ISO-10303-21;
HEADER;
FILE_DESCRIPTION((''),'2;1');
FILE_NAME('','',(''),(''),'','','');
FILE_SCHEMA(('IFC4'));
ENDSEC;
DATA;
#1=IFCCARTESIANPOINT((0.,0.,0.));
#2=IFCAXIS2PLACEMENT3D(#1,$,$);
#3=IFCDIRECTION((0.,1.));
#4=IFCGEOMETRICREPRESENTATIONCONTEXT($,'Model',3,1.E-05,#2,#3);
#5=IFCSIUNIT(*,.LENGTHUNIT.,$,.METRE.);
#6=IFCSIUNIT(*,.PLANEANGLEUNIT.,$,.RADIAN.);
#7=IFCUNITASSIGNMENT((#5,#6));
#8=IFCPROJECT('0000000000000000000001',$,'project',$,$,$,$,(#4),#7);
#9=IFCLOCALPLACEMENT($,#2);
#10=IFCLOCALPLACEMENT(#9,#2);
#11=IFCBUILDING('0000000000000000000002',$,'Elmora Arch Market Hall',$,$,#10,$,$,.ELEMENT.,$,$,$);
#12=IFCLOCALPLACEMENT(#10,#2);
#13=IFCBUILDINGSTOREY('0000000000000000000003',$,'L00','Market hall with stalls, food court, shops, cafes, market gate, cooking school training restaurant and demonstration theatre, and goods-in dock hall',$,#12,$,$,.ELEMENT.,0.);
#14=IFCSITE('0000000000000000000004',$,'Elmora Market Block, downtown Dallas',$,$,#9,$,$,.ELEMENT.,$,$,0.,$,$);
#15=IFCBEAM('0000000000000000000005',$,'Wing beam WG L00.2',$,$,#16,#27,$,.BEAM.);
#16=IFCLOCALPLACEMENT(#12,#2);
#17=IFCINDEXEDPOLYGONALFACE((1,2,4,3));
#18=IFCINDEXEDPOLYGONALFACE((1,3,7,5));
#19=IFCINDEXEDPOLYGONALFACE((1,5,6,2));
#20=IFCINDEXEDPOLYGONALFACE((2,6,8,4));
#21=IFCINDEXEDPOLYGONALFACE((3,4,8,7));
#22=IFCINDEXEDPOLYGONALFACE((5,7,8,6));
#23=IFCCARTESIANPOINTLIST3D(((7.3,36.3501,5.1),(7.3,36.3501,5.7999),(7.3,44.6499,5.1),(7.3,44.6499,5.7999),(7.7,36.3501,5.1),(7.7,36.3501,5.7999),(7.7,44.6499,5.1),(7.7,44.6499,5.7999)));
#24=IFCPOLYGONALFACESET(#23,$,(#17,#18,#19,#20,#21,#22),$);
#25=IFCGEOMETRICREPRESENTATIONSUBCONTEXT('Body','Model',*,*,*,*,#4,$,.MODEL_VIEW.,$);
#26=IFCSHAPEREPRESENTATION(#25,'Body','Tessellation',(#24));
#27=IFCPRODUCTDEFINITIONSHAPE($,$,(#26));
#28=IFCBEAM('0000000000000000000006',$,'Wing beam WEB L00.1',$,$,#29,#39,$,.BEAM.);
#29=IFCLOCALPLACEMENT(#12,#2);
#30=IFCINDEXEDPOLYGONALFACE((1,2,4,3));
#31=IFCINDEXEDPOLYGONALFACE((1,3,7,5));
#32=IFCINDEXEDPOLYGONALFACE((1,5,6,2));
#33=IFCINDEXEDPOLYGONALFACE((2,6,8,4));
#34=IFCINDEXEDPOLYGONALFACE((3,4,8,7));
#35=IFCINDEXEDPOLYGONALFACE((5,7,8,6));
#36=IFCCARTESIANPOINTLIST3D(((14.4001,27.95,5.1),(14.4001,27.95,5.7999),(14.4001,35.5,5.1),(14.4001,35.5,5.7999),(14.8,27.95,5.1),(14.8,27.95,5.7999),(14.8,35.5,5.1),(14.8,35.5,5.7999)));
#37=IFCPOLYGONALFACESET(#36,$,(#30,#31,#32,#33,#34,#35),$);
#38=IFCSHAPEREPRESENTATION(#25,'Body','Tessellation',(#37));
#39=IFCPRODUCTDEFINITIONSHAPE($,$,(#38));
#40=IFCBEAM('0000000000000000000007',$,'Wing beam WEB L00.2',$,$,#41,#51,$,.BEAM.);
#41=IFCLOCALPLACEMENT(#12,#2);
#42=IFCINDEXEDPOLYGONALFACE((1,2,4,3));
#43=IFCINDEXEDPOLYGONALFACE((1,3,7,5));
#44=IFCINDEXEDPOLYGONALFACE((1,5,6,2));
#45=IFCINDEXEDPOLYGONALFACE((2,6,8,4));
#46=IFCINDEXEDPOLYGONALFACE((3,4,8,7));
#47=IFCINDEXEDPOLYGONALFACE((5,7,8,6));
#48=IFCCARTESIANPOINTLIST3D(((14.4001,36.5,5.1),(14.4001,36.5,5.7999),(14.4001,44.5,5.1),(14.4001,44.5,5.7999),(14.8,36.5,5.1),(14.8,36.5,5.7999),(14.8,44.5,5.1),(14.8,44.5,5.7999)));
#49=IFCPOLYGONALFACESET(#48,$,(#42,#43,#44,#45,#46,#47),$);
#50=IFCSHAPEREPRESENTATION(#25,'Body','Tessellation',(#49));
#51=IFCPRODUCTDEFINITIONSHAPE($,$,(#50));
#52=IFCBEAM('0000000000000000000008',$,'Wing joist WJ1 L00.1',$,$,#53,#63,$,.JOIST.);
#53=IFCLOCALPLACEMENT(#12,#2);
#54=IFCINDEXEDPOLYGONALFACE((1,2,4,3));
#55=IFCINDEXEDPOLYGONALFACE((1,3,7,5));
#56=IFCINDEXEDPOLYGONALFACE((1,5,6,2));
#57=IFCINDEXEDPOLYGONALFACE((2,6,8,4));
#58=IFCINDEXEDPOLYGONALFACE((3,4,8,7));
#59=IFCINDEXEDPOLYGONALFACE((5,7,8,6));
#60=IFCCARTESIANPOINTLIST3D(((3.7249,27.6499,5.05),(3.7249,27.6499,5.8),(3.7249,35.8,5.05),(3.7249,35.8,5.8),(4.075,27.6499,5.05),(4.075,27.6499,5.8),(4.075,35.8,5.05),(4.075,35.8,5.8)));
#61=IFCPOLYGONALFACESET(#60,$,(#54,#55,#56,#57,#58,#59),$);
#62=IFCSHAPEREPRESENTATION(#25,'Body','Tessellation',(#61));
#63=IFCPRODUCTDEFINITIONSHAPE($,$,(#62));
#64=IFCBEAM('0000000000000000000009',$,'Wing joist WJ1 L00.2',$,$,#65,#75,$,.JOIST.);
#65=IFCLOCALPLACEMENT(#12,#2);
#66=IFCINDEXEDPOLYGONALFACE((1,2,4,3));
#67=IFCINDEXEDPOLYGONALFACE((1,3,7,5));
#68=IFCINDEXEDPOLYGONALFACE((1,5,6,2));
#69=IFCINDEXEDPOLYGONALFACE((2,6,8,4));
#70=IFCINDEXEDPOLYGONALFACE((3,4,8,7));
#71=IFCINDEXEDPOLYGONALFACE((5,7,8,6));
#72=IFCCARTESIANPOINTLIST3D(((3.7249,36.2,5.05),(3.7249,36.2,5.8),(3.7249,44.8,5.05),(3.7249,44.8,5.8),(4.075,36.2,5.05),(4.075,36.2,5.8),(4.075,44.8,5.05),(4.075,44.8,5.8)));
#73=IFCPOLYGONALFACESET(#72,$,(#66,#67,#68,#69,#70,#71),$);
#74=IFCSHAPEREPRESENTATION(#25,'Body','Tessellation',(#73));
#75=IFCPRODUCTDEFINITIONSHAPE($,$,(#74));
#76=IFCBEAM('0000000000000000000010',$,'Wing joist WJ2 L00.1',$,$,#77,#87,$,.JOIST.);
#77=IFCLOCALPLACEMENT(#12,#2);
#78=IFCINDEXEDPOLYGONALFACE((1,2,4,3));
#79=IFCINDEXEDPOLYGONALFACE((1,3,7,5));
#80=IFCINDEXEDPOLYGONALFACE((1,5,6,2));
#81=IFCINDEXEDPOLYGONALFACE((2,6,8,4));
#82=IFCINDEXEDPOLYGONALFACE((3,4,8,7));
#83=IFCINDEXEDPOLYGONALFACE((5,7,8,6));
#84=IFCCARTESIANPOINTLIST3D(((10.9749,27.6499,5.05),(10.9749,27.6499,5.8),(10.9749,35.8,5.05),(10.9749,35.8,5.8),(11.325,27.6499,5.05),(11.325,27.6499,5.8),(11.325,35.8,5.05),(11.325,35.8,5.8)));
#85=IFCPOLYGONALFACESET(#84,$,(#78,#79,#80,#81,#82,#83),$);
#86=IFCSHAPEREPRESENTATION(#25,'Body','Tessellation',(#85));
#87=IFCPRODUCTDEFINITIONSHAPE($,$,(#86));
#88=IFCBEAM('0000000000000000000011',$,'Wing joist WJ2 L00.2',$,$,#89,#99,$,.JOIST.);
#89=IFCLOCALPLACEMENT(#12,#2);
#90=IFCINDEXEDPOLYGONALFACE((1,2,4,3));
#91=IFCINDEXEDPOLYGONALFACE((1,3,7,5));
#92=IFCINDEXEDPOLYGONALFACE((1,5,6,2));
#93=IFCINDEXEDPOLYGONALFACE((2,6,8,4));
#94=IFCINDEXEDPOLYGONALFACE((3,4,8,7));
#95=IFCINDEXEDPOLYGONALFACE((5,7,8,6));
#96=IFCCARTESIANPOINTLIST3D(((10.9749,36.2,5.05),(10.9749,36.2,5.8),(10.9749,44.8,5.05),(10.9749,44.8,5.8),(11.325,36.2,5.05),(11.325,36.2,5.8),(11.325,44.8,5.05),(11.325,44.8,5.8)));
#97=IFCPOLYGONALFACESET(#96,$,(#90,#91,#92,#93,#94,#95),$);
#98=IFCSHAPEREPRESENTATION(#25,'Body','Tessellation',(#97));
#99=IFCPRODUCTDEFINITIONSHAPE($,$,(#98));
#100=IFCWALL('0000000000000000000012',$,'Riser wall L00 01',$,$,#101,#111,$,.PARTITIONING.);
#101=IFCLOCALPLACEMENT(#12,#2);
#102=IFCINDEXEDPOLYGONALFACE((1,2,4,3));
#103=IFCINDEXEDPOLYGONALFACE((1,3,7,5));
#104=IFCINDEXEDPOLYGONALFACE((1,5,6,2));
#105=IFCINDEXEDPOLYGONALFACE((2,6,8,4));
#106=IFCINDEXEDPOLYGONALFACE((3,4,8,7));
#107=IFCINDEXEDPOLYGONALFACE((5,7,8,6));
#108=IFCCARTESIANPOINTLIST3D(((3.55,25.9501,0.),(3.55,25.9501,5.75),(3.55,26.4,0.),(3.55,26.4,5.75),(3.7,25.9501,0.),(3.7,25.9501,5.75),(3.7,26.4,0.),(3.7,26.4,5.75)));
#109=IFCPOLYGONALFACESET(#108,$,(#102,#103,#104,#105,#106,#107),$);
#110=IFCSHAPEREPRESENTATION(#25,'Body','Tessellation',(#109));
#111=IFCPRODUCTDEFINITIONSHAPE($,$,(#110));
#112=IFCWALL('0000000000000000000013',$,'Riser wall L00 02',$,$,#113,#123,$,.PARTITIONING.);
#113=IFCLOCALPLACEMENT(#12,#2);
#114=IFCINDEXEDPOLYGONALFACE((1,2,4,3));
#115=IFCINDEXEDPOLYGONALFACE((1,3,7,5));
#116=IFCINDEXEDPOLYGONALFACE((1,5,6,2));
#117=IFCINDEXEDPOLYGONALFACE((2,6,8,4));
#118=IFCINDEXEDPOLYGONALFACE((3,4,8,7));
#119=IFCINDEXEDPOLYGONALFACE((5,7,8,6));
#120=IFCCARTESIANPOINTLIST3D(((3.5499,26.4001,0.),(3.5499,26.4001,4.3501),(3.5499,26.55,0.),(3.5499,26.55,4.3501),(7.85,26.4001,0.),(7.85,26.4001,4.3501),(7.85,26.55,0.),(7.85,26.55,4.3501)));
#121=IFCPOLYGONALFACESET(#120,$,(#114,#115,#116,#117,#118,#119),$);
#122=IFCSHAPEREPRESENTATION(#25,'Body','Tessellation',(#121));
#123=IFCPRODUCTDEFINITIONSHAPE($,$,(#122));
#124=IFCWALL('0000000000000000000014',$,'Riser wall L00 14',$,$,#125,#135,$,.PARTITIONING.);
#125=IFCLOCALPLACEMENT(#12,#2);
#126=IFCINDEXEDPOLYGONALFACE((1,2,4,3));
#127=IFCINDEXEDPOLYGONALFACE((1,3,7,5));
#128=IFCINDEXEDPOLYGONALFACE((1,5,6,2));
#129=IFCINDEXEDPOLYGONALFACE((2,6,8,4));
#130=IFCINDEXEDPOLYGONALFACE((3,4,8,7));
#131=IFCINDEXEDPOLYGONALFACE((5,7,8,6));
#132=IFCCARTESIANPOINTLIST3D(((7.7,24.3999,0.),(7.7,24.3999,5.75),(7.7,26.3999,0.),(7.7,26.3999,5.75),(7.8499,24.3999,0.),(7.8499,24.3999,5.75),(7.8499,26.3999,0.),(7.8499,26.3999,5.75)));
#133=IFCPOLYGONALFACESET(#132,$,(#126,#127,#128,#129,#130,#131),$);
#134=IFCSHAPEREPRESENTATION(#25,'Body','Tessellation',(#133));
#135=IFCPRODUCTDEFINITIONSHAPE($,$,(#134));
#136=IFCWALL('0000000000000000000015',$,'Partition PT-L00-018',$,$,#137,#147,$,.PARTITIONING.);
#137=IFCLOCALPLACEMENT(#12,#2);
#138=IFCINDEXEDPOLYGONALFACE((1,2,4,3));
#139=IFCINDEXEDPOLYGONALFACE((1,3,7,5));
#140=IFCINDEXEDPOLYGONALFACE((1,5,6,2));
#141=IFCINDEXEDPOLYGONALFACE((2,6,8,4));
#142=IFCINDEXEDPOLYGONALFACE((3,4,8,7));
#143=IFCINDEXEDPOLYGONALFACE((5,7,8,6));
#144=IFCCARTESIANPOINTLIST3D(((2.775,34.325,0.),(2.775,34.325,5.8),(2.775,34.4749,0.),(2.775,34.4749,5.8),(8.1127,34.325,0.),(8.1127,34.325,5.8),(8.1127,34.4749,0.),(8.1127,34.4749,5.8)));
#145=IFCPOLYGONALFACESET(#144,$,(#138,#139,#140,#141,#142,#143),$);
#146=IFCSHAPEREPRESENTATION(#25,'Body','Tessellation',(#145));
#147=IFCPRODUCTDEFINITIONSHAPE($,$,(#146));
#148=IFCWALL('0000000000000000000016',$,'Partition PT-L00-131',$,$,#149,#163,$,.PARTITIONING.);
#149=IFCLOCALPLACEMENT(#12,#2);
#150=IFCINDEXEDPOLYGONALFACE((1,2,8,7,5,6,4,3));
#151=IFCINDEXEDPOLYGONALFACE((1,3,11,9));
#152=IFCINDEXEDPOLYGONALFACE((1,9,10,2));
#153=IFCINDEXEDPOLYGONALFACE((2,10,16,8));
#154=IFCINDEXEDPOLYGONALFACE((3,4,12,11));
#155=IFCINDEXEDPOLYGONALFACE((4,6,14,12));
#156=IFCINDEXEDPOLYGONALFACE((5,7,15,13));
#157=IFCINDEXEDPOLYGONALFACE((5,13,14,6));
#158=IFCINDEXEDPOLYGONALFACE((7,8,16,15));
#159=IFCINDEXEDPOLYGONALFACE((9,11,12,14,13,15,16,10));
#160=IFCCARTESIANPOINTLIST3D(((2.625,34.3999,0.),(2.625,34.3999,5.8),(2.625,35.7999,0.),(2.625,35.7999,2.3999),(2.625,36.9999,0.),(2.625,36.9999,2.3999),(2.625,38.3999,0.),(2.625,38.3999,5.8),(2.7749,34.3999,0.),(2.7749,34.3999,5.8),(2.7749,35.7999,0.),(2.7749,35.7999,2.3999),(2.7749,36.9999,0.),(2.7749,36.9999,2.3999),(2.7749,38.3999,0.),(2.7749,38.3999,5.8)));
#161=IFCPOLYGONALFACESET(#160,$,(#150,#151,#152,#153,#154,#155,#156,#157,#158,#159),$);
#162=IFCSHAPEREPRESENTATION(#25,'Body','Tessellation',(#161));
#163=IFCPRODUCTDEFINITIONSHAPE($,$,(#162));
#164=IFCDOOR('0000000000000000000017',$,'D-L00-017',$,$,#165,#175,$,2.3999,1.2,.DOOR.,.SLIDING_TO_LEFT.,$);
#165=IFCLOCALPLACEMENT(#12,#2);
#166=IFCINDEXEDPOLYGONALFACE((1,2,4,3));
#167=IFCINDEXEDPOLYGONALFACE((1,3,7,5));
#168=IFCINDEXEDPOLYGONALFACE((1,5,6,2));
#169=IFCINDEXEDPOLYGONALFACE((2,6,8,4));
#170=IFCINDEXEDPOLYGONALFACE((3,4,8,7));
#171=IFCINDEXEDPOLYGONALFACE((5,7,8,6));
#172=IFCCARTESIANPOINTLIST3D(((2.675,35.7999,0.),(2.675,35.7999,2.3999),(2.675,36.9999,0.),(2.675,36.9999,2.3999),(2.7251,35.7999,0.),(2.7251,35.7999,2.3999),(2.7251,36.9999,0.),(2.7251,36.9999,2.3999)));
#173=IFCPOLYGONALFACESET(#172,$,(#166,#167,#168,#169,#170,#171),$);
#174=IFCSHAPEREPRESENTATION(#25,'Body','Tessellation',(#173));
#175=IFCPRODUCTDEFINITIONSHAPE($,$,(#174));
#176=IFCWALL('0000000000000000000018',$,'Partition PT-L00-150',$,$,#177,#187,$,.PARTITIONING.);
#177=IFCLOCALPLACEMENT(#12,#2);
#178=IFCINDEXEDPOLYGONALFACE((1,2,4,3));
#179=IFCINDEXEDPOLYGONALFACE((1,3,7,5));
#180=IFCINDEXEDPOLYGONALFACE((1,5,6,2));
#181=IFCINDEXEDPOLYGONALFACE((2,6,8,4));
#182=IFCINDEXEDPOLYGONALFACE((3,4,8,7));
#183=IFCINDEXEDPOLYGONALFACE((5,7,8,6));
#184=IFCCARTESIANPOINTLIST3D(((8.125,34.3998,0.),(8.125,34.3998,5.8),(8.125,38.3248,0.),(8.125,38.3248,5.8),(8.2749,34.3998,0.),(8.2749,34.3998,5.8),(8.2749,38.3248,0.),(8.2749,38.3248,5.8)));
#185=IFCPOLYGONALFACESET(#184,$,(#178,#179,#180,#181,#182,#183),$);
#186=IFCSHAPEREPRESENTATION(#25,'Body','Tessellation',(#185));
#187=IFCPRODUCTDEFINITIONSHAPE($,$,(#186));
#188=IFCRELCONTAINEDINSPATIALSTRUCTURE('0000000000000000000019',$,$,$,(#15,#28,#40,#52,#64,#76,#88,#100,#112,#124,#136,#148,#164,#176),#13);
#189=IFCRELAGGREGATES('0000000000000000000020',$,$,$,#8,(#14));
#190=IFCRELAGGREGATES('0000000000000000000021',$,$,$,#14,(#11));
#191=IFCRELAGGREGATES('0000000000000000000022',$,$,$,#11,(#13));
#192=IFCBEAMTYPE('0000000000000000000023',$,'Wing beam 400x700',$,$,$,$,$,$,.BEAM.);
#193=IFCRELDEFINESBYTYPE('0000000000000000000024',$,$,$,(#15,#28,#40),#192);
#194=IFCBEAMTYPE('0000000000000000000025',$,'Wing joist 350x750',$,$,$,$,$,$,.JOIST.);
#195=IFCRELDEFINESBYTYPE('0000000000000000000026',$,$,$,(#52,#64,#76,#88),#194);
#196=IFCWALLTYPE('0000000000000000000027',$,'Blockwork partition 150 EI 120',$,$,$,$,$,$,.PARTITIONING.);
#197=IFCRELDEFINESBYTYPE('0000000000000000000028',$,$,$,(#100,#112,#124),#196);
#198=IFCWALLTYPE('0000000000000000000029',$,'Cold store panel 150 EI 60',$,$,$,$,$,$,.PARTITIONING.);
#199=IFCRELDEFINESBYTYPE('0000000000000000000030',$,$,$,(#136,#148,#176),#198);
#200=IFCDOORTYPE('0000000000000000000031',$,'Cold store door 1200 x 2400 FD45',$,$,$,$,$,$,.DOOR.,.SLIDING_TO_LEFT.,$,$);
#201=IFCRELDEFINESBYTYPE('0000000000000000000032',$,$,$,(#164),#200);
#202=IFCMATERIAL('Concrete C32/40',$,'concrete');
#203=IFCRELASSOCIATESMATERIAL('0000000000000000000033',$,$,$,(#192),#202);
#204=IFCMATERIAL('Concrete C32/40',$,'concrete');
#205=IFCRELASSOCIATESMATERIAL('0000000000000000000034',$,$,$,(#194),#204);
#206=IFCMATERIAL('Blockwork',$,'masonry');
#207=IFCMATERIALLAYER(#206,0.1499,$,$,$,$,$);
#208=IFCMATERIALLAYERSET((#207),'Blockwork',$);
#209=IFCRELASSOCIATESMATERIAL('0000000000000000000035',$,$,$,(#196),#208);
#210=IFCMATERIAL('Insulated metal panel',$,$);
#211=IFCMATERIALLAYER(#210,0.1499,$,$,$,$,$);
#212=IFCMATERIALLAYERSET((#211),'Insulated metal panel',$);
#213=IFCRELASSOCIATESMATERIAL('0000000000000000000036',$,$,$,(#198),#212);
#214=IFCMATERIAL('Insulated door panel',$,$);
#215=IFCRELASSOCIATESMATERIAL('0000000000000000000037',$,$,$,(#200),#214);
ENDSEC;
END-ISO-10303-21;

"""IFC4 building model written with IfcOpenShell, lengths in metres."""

from ifc_helpers import new_model, si_unit, direction, frame, frame_2d, origin, origin_2d, place, context, subcontext, project, spatial, rectangle, extrude, material, layer, layer_set, material_profile, profile_set, type_object, element, fill, save


model = new_model("IFC4")

# Units and contexts
model_context = context("Model", 3, precision=1e-05, world=origin(), true_north=direction((0.0, 1.0)))
body_context = subcontext(model_context, "Body", "Model", "MODEL_VIEW")
ifc_project = project(units=[si_unit("LENGTHUNIT", "METRE"), si_unit("PLANEANGLEUNIT", "RADIAN")], contexts=[model_context])

# Site, building, storey
site_placement = place(None, origin())
site = spatial("IfcSite", under=ifc_project, at=site_placement, Name="Elmora Market Block, downtown Dallas", CompositionType="ELEMENT", RefElevation=0.0)
building_placement = place(site_placement, origin())
building = spatial("IfcBuilding", under=site, at=building_placement, Name="Elmora Arch Market Hall", CompositionType="ELEMENT")
storey_placement = place(building_placement, origin())
storey = spatial("IfcBuildingStorey", under=building, at=storey_placement, Name="L00", Description="Market hall with stalls, food court, shops, cafes, market gate, cooking school training restaurant and demonstration theatre, and goods-in dock hall", CompositionType="ELEMENT", Elevation=0.0)

# Beams
ifc_material_1 = material(Name="Concrete C32/40", Category="concrete")
ifc_material_profile_1 = material_profile(ifc_material_1, rectangle(XDim=0.3999, YDim=0.7, at=origin_2d()), Name="Wing beam 400x700")
ifc_profile_set_1 = profile_set([ifc_material_profile_1], Name="Concrete C32/40")
beam_type_1 = type_object("IfcBeamType", Name="Wing beam 400x700", PredefinedType="BEAM", material=ifc_profile_set_1)
beam_1_placement = place(storey_placement, frame((7.5, 36.3501, 5.45), z_axis=(0.0, 1.0, 0.0), x_axis=(-1.0, 0.0, 0.0)))
element("IfcBeam", 1, at=beam_1_placement, inside=storey, type_object=beam_type_1, Name="Wing beam WG L00.2", PredefinedType="BEAM", context=body_context, shape_type="SweptSolid", body=[
    extrude(rectangle(XDim=0.3999, YDim=0.7, at=origin_2d()), origin(), (0.0, 0.0, 1.0), 8.2998),
])
beam_2_placement = place(storey_placement, frame((14.6001, 27.95, 5.45), z_axis=(0.0, 1.0, 0.0), x_axis=(-1.0, 0.0, 0.0)))
element("IfcBeam", 2, at=beam_2_placement, inside=storey, type_object=beam_type_1, Name="Wing beam WEB L00.1", PredefinedType="BEAM", context=body_context, shape_type="SweptSolid", body=[
    extrude(rectangle(XDim=0.3999, YDim=0.7, at=origin_2d()), origin(), (0.0, 0.0, 1.0), 7.55),
])
beam_3_placement = place(storey_placement, frame((14.6001, 36.5, 5.45), z_axis=(0.0, 1.0, 0.0), x_axis=(-1.0, 0.0, 0.0)))
element("IfcBeam", 3, at=beam_3_placement, inside=storey, type_object=beam_type_1, Name="Wing beam WEB L00.2", PredefinedType="BEAM", context=body_context, shape_type="SweptSolid", body=[
    extrude(rectangle(XDim=0.3999, YDim=0.7, at=origin_2d()), origin(), (0.0, 0.0, 1.0), 8.0),
])
ifc_material_2 = material(Name="Concrete C32/40", Category="concrete")
ifc_material_profile_2 = material_profile(ifc_material_2, rectangle(XDim=0.3501, YDim=0.75, at=origin_2d()), Name="Wing joist 350x750")
ifc_profile_set_2 = profile_set([ifc_material_profile_2], Name="Concrete C32/40")
beam_type_2 = type_object("IfcBeamType", Name="Wing joist 350x750", PredefinedType="JOIST", material=ifc_profile_set_2)
beam_4_placement = place(storey_placement, frame((3.8999, 27.6499, 5.425), z_axis=(0.0, 1.0, 0.0), x_axis=(-1.0, 0.0, 0.0)))
element("IfcBeam", 4, at=beam_4_placement, inside=storey, type_object=beam_type_2, Name="Wing joist WJ1 L00.1", PredefinedType="JOIST", context=body_context, shape_type="SweptSolid", body=[
    extrude(rectangle(XDim=0.3501, YDim=0.75, at=origin_2d()), origin(), (0.0, 0.0, 1.0), 8.1501),
])
beam_5_placement = place(storey_placement, frame((3.8999, 36.2, 5.425), z_axis=(0.0, 1.0, 0.0), x_axis=(-1.0, 0.0, 0.0)))
element("IfcBeam", 5, at=beam_5_placement, inside=storey, type_object=beam_type_2, Name="Wing joist WJ1 L00.2", PredefinedType="JOIST", context=body_context, shape_type="SweptSolid", body=[
    extrude(rectangle(XDim=0.3501, YDim=0.75, at=origin_2d()), origin(), (0.0, 0.0, 1.0), 8.6001),
])
beam_6_placement = place(storey_placement, frame((11.1499, 27.6499, 5.425), z_axis=(0.0, 1.0, 0.0), x_axis=(-1.0, 0.0, 0.0)))
element("IfcBeam", 6, at=beam_6_placement, inside=storey, type_object=beam_type_2, Name="Wing joist WJ2 L00.1", PredefinedType="JOIST", context=body_context, shape_type="SweptSolid", body=[
    extrude(rectangle(XDim=0.3501, YDim=0.75, at=origin_2d()), origin(), (0.0, 0.0, 1.0), 8.1501),
])
beam_7_placement = place(storey_placement, frame((11.1499, 36.2, 5.425), z_axis=(0.0, 1.0, 0.0), x_axis=(-1.0, 0.0, 0.0)))
element("IfcBeam", 7, at=beam_7_placement, inside=storey, type_object=beam_type_2, Name="Wing joist WJ2 L00.2", PredefinedType="JOIST", context=body_context, shape_type="SweptSolid", body=[
    extrude(rectangle(XDim=0.3501, YDim=0.75, at=origin_2d()), origin(), (0.0, 0.0, 1.0), 8.6001),
])

# Walls
ifc_material_3 = material(Name="Blockwork", Category="masonry")
ifc_layer_1 = layer(ifc_material_3, 0.1499)
ifc_layer_set_1 = layer_set([ifc_layer_1], Name="Blockwork")
wall_type_1 = type_object("IfcWallType", Name="Blockwork partition 150 EI 120", PredefinedType="PARTITIONING", material=ifc_layer_set_1)
wall_1_placement = place(storey_placement, frame((3.625, 25.95, 0.0), z_axis=(0.0, 0.0, 1.0), x_axis=(0.0, 1.0, 0.0)))
element("IfcWall", 8, at=wall_1_placement, inside=storey, type_object=wall_type_1, Name="Riser wall L00 01", PredefinedType="PARTITIONING", context=body_context, shape_type="SweptSolid", body=[
    extrude(rectangle(XDim=0.45, YDim=0.1499, at=frame_2d((0.2251, 0.0))), origin(), (0.0, 0.0, 1.0), 5.75),
])
wall_2_placement = place(storey_placement, frame((3.55, 26.4751, 0.0), z_axis=(0.0, 0.0, 1.0), x_axis=(1.0, 0.0, 0.0)))
element("IfcWall", 9, at=wall_2_placement, inside=storey, type_object=wall_type_1, Name="Riser wall L00 02", PredefinedType="PARTITIONING", context=body_context, shape_type="SweptSolid", body=[
    extrude(rectangle(XDim=4.3, YDim=0.1499, at=frame_2d((2.1499, 0.0))), origin(), (0.0, 0.0, 1.0), 4.3501),
])
wall_3_placement = place(storey_placement, frame((7.7749, 24.3999, 0.0), z_axis=(0.0, 0.0, 1.0), x_axis=(0.0, 1.0, 0.0)))
element("IfcWall", 10, at=wall_3_placement, inside=storey, type_object=wall_type_1, Name="Riser wall L00 14", PredefinedType="PARTITIONING", context=body_context, shape_type="SweptSolid", body=[
    extrude(rectangle(XDim=2.0, YDim=0.1499, at=frame_2d((1.0, 0.0))), origin(), (0.0, 0.0, 1.0), 5.75),
])
ifc_material_4 = material(Name="Insulated metal panel")
ifc_layer_2 = layer(ifc_material_4, 0.1499)
ifc_layer_set_2 = layer_set([ifc_layer_2], Name="Insulated metal panel")
wall_type_2 = type_object("IfcWallType", Name="Cold store panel 150 EI 60", PredefinedType="PARTITIONING", material=ifc_layer_set_2)
wall_4_placement = place(storey_placement, frame((2.7749, 34.3999, 0.0), z_axis=(0.0, 0.0, 1.0), x_axis=(1.0, 0.0, 0.0)))
element("IfcWall", 11, at=wall_4_placement, inside=storey, type_object=wall_type_2, Name="Partition PT-L00-018", PredefinedType="PARTITIONING", context=body_context, shape_type="SweptSolid", body=[
    extrude(rectangle(XDim=5.3376, YDim=0.1499, at=frame_2d((2.6689, 0.0))), origin(), (0.0, 0.0, 1.0), 5.8),
])

# Wall, opening, door
wall_5_placement = place(storey_placement, frame((2.7, 34.3999, 0.0), z_axis=(0.0, 0.0, 1.0), x_axis=(0.0, 1.0, 0.0)))
wall_5 = element("IfcWall", 12, at=wall_5_placement, inside=storey, type_object=wall_type_2, Name="Partition PT-L00-131", PredefinedType="PARTITIONING", context=body_context, shape_type="SweptSolid", body=[
    extrude(rectangle(XDim=4.0, YDim=0.1499, at=frame_2d((2.0, 0.0))), origin(), (0.0, 0.0, 1.0), 5.8),
])
opening_1_placement = place(wall_5_placement, frame((1.3999, 0.0, 0.0)))
opening_1 = element("IfcOpeningElement", 13, at=opening_1_placement, cuts=wall_5, PredefinedType="OPENING", context=body_context, shape_type="SweptSolid", body=[
    extrude(rectangle(XDim=1.2, YDim=2.3999, at=frame_2d((0.6001, 1.2))), frame((0.0, 0.085, 0.0), z_axis=(0.0, -1.0, 0.0), x_axis=(1.0, 0.0, 0.0)), (0.0, 0.0, 1.0), 0.1699),
])
ifc_material_5 = material(Name="Insulated door panel")
door_type_1 = type_object("IfcDoorType", Name="Cold store door 1200 x 2400 FD45", OperationType="SLIDING_TO_LEFT", PredefinedType="DOOR", material=ifc_material_5)
door_1_placement = place(opening_1_placement, origin())
door_1 = element("IfcDoor", 14, at=door_1_placement, inside=storey, type_object=door_type_1, Name="D-L00-017", OperationType="SLIDING_TO_LEFT", OverallHeight=2.3999, OverallWidth=1.2, PredefinedType="DOOR", context=body_context, shape_type="SweptSolid", body=[
    extrude(rectangle(XDim=1.2, YDim=2.3999, at=frame_2d((0.6001, 1.2))), frame((0.0, 0.0249, 0.0), z_axis=(0.0, -1.0, 0.0), x_axis=(1.0, 0.0, 0.0)), (0.0, 0.0, 1.0), 0.05),
])
fill(opening_1, door_1)

# Wall
wall_6_placement = place(storey_placement, frame((8.2, 34.3999, 0.0), z_axis=(0.0, 0.0, 1.0), x_axis=(0.0, 1.0, 0.0)))
element("IfcWall", 15, at=wall_6_placement, inside=storey, type_object=wall_type_2, Name="Partition PT-L00-150", PredefinedType="PARTITIONING", context=body_context, shape_type="SweptSolid", body=[
    extrude(rectangle(XDim=3.925, YDim=0.1499, at=frame_2d((1.9624, 0.0))), origin(), (0.0, 0.0, 1.0), 5.8),
])

save(model, "model.ifc")
